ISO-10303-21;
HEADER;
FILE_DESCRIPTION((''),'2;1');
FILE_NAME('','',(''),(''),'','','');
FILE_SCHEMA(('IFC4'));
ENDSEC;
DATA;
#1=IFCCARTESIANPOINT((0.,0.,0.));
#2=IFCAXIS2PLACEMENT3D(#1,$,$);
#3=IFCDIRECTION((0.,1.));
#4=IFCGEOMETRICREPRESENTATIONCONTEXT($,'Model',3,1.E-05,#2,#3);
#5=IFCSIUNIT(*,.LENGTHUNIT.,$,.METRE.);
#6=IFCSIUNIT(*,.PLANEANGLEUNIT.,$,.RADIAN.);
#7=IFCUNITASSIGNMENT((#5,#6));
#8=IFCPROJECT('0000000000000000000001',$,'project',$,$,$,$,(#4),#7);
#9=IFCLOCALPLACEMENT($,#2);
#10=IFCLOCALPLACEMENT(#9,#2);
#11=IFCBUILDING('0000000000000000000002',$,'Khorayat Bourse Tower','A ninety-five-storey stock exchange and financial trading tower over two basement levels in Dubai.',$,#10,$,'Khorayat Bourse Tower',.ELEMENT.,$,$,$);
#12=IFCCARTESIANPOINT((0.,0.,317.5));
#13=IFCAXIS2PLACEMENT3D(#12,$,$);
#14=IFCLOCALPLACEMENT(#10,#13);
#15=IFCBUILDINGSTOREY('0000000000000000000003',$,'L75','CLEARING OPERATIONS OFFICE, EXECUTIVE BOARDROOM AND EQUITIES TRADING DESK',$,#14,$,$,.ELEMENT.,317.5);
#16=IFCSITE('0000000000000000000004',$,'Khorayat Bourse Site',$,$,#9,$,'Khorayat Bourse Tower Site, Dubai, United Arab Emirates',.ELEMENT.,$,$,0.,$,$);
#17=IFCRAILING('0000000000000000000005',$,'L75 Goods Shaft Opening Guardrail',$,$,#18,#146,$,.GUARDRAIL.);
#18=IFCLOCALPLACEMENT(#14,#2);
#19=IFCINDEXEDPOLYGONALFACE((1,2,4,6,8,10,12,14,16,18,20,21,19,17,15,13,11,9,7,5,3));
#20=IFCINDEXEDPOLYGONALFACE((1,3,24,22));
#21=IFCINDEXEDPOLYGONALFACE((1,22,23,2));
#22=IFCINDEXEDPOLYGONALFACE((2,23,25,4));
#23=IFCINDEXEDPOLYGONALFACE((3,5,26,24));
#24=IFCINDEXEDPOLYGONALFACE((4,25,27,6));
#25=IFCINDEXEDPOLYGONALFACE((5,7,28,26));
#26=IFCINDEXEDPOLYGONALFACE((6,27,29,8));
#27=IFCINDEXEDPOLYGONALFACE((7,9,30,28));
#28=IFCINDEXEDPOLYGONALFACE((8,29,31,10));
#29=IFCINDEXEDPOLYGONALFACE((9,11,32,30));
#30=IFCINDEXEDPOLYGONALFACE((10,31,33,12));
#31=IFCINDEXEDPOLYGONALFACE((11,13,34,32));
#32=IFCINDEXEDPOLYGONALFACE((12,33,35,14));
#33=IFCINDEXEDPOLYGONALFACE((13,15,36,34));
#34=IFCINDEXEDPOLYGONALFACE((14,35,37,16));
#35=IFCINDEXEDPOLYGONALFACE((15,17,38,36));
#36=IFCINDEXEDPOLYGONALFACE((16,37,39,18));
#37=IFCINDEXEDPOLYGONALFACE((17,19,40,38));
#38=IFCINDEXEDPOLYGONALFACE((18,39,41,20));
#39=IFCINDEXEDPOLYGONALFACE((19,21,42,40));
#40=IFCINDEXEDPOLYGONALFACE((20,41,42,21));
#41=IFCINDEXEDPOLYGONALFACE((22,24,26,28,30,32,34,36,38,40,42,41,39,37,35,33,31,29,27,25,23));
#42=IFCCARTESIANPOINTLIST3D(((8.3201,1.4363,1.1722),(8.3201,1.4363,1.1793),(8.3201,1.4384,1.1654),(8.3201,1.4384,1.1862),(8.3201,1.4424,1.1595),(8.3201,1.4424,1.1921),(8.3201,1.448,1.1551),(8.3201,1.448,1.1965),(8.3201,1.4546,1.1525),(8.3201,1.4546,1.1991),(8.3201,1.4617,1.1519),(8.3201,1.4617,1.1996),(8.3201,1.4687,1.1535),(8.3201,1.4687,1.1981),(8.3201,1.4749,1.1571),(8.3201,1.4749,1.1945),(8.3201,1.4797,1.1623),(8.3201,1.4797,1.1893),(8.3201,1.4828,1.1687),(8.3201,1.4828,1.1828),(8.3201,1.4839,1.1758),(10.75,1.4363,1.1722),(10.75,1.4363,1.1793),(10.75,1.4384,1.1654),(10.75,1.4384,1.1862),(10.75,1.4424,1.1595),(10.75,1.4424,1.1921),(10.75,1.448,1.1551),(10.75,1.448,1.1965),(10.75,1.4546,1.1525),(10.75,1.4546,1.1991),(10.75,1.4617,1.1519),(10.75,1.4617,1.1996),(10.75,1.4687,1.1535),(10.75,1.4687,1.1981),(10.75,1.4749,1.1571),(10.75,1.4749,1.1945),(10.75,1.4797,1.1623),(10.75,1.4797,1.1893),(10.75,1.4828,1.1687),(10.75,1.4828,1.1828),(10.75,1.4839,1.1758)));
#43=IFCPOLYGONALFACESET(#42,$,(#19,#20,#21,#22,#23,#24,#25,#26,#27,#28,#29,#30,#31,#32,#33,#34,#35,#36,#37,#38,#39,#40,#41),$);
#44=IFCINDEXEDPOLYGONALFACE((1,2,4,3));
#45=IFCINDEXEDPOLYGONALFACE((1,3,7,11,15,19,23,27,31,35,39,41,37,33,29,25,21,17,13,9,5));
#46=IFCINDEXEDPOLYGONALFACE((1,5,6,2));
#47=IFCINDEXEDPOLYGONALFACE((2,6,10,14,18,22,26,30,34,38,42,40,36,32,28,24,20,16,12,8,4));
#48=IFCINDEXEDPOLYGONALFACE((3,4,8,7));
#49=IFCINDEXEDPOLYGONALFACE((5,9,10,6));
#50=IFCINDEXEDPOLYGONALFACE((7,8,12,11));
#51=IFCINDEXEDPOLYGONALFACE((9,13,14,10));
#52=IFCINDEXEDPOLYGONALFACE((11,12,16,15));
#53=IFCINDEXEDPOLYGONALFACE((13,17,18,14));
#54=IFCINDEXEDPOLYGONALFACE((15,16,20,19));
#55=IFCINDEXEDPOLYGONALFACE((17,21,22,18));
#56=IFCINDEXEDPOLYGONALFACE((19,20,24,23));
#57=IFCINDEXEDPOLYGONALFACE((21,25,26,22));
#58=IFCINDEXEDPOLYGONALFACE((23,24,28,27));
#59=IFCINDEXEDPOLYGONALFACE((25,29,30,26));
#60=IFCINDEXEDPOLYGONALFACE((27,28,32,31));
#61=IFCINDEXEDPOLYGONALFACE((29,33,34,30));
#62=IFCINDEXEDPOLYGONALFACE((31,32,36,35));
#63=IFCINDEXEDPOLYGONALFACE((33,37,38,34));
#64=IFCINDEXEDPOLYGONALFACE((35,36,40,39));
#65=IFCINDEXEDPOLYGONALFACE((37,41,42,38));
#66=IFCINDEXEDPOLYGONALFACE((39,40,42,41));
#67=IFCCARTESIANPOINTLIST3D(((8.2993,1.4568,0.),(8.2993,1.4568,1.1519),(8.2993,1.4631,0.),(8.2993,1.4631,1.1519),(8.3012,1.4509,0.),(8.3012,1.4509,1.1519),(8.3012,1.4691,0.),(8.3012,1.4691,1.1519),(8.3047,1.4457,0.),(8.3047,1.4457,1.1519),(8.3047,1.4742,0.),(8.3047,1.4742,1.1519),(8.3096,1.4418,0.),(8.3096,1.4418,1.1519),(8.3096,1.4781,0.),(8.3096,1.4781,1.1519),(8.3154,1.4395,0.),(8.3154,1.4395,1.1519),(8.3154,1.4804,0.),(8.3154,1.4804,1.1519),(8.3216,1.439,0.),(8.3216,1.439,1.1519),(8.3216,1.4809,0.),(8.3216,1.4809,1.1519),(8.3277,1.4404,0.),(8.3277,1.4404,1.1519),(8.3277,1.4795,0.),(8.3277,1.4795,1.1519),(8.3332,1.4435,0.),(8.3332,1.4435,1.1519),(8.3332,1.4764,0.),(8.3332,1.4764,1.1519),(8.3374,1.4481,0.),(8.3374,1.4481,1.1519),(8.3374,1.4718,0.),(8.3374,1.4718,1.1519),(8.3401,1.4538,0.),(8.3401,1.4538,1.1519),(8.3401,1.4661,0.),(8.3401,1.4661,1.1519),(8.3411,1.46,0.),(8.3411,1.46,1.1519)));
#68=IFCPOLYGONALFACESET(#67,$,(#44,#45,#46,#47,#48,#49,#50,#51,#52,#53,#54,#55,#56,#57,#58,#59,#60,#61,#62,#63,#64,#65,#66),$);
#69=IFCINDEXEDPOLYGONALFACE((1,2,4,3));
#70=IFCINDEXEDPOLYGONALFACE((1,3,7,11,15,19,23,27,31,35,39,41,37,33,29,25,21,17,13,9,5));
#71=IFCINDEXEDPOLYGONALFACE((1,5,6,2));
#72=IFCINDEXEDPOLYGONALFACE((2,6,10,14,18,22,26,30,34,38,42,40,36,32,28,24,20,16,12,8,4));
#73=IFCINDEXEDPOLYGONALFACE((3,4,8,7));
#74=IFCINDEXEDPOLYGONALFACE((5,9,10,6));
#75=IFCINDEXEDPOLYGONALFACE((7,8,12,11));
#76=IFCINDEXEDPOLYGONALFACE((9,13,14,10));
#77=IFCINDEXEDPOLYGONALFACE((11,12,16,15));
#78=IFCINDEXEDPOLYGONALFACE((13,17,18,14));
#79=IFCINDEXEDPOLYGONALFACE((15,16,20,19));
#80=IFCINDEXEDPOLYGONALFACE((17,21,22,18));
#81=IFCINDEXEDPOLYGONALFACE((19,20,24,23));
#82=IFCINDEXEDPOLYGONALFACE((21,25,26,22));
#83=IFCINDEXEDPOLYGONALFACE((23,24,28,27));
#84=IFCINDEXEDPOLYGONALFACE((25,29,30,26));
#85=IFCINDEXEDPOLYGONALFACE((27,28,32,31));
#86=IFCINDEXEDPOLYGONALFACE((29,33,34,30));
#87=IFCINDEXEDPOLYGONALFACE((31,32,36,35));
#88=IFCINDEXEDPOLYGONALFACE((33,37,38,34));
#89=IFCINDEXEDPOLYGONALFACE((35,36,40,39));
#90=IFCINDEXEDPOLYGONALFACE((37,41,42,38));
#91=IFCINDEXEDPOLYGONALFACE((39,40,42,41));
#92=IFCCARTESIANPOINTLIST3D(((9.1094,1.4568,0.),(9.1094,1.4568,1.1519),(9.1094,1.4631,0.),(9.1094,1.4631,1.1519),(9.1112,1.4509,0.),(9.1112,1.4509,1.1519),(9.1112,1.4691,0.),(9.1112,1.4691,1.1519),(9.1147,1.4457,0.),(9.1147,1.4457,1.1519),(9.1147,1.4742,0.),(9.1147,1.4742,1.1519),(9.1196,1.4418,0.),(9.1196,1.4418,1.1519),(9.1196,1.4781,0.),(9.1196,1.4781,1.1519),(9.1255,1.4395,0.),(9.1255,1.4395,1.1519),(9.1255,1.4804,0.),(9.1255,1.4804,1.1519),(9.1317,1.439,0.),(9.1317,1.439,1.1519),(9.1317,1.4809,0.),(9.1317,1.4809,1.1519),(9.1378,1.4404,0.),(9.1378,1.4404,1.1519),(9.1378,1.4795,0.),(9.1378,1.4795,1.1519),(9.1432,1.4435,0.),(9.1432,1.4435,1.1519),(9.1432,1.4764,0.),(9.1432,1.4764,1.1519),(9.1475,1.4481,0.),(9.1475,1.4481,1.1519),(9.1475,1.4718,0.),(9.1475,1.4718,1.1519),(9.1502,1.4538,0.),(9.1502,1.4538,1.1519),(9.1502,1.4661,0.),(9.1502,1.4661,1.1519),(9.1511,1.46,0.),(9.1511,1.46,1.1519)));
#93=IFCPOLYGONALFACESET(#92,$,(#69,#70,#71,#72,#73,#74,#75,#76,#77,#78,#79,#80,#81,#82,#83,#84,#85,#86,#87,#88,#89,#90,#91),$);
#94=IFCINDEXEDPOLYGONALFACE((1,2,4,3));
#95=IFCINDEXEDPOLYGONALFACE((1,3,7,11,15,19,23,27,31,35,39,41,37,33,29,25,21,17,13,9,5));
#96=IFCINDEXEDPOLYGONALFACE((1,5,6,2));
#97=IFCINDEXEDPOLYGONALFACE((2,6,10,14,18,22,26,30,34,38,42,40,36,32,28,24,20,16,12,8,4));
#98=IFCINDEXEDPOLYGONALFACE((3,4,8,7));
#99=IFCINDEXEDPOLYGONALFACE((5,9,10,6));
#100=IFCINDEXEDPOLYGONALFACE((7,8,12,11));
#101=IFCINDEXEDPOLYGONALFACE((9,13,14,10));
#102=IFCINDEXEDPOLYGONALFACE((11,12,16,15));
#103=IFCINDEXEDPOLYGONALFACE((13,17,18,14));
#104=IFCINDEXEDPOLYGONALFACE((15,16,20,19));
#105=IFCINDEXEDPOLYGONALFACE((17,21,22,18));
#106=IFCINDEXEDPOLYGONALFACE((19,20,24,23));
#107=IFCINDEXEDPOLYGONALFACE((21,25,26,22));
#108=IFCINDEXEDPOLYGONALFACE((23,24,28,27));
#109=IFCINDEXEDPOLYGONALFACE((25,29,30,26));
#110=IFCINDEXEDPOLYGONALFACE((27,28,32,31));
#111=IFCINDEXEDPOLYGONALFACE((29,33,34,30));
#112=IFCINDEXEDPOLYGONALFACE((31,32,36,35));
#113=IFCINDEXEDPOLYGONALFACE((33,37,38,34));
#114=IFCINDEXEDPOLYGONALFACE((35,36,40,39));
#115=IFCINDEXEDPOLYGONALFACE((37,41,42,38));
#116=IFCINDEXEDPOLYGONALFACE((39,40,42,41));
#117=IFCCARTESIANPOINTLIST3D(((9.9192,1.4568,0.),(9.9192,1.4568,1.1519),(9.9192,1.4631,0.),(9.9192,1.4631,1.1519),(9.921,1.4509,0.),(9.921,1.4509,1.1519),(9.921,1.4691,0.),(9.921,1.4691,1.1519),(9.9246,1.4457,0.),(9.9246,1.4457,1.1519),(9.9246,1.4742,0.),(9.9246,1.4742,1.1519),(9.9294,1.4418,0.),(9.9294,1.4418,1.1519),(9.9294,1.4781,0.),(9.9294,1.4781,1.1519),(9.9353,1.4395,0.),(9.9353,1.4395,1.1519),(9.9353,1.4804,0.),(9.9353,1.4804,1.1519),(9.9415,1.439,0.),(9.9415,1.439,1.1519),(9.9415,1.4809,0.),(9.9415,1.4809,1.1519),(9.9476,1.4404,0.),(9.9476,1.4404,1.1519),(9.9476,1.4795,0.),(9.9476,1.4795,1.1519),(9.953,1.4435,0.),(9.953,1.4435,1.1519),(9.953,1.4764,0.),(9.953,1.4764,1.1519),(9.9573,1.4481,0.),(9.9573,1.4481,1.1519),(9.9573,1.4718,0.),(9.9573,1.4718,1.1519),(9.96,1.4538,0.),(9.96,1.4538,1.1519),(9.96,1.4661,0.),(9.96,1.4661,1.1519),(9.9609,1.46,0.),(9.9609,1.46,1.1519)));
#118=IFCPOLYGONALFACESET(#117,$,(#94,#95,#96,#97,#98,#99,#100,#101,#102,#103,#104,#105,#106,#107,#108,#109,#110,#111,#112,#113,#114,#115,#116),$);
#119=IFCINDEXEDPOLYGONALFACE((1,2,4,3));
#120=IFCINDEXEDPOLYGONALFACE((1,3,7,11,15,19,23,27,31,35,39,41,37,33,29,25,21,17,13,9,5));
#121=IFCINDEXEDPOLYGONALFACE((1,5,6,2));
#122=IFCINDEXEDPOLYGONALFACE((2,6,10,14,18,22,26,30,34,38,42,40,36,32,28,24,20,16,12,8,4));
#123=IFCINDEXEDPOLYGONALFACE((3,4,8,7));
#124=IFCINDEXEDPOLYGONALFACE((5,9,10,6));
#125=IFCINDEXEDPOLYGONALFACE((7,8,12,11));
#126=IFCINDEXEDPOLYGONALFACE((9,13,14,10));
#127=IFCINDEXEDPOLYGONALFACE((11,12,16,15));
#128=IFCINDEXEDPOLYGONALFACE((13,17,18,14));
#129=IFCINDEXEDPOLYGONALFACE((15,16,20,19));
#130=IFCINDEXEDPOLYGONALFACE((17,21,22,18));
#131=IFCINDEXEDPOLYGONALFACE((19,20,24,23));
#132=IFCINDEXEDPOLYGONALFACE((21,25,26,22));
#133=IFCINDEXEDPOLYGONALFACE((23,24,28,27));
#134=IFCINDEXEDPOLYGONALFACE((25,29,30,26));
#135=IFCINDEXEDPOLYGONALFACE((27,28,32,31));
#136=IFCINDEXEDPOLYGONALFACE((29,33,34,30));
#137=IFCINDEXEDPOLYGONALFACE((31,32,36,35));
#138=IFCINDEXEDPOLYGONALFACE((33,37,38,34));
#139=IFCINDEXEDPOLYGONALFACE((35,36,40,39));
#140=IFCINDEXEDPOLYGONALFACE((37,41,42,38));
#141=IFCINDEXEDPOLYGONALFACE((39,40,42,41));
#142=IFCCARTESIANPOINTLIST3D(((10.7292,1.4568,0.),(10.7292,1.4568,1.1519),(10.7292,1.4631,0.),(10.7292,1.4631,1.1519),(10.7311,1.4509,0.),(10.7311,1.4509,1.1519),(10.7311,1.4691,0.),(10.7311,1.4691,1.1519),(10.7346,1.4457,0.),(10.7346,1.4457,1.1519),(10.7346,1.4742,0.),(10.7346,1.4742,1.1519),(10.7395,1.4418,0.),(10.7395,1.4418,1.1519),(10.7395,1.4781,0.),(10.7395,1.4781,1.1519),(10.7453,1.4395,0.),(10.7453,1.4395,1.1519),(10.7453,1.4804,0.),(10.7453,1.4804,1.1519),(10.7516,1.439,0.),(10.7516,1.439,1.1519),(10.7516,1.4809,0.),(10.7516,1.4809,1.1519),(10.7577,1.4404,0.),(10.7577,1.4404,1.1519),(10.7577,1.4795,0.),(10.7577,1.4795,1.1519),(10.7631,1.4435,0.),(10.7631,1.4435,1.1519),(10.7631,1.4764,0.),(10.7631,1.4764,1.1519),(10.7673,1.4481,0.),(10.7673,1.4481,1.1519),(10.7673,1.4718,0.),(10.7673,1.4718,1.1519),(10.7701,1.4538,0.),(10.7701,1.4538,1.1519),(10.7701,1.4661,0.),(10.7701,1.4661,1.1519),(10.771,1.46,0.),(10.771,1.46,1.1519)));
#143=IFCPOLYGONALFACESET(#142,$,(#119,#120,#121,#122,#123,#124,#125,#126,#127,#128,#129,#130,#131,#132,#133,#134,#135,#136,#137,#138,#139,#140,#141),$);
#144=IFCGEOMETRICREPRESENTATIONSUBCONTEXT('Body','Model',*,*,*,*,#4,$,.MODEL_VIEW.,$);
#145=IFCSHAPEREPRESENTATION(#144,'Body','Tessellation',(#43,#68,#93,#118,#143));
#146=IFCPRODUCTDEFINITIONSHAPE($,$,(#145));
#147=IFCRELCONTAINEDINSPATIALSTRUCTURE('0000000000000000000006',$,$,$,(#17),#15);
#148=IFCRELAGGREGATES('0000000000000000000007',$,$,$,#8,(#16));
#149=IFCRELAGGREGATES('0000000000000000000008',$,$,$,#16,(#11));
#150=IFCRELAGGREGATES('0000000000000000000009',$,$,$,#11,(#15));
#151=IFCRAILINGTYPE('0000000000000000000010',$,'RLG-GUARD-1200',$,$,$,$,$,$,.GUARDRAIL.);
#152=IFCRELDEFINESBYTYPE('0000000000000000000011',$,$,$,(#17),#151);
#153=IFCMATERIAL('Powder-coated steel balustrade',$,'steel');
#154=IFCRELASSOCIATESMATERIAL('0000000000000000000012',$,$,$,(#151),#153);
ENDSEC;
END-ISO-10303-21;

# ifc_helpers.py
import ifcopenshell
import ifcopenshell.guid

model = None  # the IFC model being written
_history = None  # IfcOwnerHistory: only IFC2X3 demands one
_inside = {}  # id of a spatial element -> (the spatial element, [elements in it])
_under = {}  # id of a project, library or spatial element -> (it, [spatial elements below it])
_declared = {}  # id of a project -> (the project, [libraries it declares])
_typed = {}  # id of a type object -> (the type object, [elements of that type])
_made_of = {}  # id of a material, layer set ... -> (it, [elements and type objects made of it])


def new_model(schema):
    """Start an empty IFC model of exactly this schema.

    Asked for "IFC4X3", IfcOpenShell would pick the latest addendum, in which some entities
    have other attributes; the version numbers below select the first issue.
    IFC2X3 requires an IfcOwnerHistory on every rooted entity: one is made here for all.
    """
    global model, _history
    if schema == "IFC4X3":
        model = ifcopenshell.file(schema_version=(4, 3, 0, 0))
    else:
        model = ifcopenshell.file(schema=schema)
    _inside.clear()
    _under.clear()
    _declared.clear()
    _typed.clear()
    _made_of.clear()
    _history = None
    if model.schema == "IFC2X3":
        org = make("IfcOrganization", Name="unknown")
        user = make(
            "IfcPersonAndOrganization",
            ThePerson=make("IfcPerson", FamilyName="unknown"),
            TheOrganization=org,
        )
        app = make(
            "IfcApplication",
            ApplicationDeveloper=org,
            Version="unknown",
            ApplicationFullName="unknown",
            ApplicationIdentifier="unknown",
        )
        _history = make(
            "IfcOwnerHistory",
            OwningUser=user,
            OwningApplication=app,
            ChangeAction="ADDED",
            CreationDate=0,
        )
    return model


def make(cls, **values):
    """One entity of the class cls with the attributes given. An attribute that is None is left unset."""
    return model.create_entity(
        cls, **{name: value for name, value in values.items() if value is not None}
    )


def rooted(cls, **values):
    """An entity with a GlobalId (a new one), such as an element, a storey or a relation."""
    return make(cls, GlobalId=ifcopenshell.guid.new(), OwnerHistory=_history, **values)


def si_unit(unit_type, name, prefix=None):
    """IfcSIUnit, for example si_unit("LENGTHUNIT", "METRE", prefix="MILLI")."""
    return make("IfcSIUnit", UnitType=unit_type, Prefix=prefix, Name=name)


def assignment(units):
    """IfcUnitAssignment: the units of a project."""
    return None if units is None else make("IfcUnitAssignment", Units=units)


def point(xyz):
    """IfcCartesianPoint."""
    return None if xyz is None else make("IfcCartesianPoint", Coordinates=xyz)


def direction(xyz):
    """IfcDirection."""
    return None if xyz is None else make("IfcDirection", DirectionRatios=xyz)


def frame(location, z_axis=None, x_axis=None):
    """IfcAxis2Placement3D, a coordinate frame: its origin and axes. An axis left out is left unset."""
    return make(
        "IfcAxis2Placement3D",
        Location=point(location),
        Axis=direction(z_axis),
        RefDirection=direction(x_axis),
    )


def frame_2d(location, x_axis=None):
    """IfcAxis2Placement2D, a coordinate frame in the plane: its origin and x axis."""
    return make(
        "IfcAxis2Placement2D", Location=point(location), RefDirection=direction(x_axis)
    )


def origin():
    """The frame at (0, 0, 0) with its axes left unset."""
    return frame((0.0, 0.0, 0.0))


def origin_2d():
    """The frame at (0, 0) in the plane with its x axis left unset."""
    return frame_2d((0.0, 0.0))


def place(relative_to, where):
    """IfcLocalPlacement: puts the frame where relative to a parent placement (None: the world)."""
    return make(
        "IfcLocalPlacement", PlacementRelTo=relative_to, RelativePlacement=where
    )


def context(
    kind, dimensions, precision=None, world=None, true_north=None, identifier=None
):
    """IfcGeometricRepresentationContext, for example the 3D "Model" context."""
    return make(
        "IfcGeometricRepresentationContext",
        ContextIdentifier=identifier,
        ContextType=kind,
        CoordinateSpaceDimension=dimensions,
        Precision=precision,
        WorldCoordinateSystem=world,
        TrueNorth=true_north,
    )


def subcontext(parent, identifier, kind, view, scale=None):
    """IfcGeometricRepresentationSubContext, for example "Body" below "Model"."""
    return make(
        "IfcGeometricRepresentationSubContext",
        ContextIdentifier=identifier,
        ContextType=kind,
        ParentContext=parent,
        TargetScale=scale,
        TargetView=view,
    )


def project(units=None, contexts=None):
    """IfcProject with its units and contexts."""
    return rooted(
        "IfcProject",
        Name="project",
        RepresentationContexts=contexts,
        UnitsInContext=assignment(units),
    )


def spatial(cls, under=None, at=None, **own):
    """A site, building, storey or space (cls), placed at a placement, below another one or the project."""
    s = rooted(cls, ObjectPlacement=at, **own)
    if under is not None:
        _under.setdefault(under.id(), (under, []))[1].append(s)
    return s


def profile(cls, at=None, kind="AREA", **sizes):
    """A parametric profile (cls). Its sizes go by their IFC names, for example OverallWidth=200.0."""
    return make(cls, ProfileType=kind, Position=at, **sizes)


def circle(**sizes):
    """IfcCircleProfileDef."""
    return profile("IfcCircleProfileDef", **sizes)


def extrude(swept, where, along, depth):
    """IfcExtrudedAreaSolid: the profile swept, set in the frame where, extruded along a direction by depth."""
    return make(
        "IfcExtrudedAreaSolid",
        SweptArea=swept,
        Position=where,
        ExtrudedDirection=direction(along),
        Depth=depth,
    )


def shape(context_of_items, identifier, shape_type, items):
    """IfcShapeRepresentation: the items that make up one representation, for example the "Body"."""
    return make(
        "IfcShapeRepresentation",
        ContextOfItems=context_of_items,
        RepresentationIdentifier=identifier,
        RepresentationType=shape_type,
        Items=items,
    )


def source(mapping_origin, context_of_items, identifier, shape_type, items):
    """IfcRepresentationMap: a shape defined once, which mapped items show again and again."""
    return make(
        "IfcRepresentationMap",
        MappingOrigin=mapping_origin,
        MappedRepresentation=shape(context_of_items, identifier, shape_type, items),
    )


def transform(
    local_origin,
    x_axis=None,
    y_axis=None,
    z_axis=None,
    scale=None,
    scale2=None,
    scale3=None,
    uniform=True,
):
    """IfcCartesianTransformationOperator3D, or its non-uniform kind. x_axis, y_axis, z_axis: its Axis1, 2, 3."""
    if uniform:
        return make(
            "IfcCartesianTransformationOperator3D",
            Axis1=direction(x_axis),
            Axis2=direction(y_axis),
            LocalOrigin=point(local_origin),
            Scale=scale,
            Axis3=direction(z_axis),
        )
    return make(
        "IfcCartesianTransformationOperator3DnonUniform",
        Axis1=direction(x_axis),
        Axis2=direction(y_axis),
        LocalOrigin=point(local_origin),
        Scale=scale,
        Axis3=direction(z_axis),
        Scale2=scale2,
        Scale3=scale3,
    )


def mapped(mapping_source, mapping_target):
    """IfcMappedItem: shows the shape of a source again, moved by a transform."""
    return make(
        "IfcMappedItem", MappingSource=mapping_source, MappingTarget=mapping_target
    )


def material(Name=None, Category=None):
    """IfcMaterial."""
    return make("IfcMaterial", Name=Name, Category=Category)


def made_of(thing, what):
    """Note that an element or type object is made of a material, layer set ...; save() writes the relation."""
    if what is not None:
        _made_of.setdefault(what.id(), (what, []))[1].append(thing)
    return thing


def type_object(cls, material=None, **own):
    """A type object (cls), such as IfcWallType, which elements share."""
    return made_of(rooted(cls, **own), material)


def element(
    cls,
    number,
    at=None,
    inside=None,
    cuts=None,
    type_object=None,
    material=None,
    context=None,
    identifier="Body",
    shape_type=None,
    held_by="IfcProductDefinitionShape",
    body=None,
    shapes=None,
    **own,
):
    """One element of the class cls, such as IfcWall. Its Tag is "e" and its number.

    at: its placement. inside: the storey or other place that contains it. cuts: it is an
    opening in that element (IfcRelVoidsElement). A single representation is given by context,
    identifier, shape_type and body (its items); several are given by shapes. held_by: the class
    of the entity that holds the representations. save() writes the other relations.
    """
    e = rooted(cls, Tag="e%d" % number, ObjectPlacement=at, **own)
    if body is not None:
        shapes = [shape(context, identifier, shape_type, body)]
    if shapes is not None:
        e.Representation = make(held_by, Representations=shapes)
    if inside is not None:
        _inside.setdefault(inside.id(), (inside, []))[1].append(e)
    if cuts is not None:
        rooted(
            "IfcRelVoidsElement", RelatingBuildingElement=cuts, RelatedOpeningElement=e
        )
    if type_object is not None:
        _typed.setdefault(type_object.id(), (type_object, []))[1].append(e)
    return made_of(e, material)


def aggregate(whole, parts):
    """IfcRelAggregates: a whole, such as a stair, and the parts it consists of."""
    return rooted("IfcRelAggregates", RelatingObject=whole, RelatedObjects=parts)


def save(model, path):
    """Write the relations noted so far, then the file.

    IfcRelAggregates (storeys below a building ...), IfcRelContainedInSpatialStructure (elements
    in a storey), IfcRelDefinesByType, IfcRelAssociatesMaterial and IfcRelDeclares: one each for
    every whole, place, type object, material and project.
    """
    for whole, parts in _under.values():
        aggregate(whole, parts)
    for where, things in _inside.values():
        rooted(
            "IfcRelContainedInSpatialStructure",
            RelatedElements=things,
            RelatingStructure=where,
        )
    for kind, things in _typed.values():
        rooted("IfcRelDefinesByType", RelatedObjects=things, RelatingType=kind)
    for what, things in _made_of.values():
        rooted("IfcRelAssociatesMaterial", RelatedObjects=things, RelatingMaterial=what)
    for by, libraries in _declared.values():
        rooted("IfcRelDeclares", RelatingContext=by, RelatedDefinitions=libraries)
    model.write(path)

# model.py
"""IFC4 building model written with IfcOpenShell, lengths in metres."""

from ifc_helpers import new_model, si_unit, direction, frame, origin, origin_2d, place, context, subcontext, project, spatial, circle, extrude, source, transform, mapped, material, type_object, element, save


model = new_model("IFC4")

# Units and contexts
model_context = context("Model", 3, precision=1e-05, world=origin(), true_north=direction((0.0, 1.0)))
body_context = subcontext(model_context, "Body", "Model", "MODEL_VIEW")
ifc_project = project(units=[si_unit("LENGTHUNIT", "METRE"), si_unit("PLANEANGLEUNIT", "RADIAN")], contexts=[model_context])

# Site, building, storey
site_placement = place(None, origin())
site = spatial("IfcSite", under=ifc_project, at=site_placement, Name="Khorayat Bourse Site", LongName="Khorayat Bourse Tower Site, Dubai, United Arab Emirates", CompositionType="ELEMENT", RefElevation=0.0)
building_placement = place(site_placement, origin())
building = spatial("IfcBuilding", under=site, at=building_placement, Name="Khorayat Bourse Tower", Description="A ninety-five-storey stock exchange and financial trading tower over two basement levels in Dubai.", LongName="Khorayat Bourse Tower", CompositionType="ELEMENT")
storey_placement = place(building_placement, frame((0.0, 0.0, 317.5)))
storey = spatial("IfcBuildingStorey", under=building, at=storey_placement, Name="L75", Description="CLEARING OPERATIONS OFFICE, EXECUTIVE BOARDROOM AND EQUITIES TRADING DESK", CompositionType="ELEMENT", Elevation=317.5)

# Railing
ifc_material_1 = material(Name="Powder-coated steel balustrade", Category="steel")
railing_type = type_object("IfcRailingType", Name="RLG-GUARD-1200", PredefinedType="GUARDRAIL", material=ifc_material_1)
shared_shape_1 = source(origin(), body_context, "Body", "SweptSolid", [
    extrude(circle(Radius=0.0239, at=origin_2d()), frame((0.0, 0.0, 1.1758), z_axis=(1.0, 0.0, 0.0), x_axis=(0.0, 1.0, 0.0)), (0.0, 0.0, 1.0), 2.4299),
    extrude(circle(Radius=0.021, at=origin_2d()), origin(), (0.0, 0.0, 1.0), 1.1519),
    extrude(circle(Radius=0.021, at=origin_2d()), frame((0.8101, 0.0, 0.0)), (0.0, 0.0, 1.0), 1.1519),
    extrude(circle(Radius=0.021, at=origin_2d()), frame((1.6199, 0.0, 0.0)), (0.0, 0.0, 1.0), 1.1519),
    extrude(circle(Radius=0.021, at=origin_2d()), frame((2.4299, 0.0, 0.0)), (0.0, 0.0, 1.0), 1.1519),
])
railing_placement = place(storey_placement, frame((8.3201, 1.46, 0.0)))
element("IfcRailing", 1, at=railing_placement, inside=storey, type_object=railing_type, Name="L75 Goods Shaft Opening Guardrail", PredefinedType="GUARDRAIL", context=body_context, shape_type="MappedRepresentation", body=[
    mapped(shared_shape_1, transform((0.0, 0.0, 0.0), scale=1.0)),
])

save(model, "model.ifc")
